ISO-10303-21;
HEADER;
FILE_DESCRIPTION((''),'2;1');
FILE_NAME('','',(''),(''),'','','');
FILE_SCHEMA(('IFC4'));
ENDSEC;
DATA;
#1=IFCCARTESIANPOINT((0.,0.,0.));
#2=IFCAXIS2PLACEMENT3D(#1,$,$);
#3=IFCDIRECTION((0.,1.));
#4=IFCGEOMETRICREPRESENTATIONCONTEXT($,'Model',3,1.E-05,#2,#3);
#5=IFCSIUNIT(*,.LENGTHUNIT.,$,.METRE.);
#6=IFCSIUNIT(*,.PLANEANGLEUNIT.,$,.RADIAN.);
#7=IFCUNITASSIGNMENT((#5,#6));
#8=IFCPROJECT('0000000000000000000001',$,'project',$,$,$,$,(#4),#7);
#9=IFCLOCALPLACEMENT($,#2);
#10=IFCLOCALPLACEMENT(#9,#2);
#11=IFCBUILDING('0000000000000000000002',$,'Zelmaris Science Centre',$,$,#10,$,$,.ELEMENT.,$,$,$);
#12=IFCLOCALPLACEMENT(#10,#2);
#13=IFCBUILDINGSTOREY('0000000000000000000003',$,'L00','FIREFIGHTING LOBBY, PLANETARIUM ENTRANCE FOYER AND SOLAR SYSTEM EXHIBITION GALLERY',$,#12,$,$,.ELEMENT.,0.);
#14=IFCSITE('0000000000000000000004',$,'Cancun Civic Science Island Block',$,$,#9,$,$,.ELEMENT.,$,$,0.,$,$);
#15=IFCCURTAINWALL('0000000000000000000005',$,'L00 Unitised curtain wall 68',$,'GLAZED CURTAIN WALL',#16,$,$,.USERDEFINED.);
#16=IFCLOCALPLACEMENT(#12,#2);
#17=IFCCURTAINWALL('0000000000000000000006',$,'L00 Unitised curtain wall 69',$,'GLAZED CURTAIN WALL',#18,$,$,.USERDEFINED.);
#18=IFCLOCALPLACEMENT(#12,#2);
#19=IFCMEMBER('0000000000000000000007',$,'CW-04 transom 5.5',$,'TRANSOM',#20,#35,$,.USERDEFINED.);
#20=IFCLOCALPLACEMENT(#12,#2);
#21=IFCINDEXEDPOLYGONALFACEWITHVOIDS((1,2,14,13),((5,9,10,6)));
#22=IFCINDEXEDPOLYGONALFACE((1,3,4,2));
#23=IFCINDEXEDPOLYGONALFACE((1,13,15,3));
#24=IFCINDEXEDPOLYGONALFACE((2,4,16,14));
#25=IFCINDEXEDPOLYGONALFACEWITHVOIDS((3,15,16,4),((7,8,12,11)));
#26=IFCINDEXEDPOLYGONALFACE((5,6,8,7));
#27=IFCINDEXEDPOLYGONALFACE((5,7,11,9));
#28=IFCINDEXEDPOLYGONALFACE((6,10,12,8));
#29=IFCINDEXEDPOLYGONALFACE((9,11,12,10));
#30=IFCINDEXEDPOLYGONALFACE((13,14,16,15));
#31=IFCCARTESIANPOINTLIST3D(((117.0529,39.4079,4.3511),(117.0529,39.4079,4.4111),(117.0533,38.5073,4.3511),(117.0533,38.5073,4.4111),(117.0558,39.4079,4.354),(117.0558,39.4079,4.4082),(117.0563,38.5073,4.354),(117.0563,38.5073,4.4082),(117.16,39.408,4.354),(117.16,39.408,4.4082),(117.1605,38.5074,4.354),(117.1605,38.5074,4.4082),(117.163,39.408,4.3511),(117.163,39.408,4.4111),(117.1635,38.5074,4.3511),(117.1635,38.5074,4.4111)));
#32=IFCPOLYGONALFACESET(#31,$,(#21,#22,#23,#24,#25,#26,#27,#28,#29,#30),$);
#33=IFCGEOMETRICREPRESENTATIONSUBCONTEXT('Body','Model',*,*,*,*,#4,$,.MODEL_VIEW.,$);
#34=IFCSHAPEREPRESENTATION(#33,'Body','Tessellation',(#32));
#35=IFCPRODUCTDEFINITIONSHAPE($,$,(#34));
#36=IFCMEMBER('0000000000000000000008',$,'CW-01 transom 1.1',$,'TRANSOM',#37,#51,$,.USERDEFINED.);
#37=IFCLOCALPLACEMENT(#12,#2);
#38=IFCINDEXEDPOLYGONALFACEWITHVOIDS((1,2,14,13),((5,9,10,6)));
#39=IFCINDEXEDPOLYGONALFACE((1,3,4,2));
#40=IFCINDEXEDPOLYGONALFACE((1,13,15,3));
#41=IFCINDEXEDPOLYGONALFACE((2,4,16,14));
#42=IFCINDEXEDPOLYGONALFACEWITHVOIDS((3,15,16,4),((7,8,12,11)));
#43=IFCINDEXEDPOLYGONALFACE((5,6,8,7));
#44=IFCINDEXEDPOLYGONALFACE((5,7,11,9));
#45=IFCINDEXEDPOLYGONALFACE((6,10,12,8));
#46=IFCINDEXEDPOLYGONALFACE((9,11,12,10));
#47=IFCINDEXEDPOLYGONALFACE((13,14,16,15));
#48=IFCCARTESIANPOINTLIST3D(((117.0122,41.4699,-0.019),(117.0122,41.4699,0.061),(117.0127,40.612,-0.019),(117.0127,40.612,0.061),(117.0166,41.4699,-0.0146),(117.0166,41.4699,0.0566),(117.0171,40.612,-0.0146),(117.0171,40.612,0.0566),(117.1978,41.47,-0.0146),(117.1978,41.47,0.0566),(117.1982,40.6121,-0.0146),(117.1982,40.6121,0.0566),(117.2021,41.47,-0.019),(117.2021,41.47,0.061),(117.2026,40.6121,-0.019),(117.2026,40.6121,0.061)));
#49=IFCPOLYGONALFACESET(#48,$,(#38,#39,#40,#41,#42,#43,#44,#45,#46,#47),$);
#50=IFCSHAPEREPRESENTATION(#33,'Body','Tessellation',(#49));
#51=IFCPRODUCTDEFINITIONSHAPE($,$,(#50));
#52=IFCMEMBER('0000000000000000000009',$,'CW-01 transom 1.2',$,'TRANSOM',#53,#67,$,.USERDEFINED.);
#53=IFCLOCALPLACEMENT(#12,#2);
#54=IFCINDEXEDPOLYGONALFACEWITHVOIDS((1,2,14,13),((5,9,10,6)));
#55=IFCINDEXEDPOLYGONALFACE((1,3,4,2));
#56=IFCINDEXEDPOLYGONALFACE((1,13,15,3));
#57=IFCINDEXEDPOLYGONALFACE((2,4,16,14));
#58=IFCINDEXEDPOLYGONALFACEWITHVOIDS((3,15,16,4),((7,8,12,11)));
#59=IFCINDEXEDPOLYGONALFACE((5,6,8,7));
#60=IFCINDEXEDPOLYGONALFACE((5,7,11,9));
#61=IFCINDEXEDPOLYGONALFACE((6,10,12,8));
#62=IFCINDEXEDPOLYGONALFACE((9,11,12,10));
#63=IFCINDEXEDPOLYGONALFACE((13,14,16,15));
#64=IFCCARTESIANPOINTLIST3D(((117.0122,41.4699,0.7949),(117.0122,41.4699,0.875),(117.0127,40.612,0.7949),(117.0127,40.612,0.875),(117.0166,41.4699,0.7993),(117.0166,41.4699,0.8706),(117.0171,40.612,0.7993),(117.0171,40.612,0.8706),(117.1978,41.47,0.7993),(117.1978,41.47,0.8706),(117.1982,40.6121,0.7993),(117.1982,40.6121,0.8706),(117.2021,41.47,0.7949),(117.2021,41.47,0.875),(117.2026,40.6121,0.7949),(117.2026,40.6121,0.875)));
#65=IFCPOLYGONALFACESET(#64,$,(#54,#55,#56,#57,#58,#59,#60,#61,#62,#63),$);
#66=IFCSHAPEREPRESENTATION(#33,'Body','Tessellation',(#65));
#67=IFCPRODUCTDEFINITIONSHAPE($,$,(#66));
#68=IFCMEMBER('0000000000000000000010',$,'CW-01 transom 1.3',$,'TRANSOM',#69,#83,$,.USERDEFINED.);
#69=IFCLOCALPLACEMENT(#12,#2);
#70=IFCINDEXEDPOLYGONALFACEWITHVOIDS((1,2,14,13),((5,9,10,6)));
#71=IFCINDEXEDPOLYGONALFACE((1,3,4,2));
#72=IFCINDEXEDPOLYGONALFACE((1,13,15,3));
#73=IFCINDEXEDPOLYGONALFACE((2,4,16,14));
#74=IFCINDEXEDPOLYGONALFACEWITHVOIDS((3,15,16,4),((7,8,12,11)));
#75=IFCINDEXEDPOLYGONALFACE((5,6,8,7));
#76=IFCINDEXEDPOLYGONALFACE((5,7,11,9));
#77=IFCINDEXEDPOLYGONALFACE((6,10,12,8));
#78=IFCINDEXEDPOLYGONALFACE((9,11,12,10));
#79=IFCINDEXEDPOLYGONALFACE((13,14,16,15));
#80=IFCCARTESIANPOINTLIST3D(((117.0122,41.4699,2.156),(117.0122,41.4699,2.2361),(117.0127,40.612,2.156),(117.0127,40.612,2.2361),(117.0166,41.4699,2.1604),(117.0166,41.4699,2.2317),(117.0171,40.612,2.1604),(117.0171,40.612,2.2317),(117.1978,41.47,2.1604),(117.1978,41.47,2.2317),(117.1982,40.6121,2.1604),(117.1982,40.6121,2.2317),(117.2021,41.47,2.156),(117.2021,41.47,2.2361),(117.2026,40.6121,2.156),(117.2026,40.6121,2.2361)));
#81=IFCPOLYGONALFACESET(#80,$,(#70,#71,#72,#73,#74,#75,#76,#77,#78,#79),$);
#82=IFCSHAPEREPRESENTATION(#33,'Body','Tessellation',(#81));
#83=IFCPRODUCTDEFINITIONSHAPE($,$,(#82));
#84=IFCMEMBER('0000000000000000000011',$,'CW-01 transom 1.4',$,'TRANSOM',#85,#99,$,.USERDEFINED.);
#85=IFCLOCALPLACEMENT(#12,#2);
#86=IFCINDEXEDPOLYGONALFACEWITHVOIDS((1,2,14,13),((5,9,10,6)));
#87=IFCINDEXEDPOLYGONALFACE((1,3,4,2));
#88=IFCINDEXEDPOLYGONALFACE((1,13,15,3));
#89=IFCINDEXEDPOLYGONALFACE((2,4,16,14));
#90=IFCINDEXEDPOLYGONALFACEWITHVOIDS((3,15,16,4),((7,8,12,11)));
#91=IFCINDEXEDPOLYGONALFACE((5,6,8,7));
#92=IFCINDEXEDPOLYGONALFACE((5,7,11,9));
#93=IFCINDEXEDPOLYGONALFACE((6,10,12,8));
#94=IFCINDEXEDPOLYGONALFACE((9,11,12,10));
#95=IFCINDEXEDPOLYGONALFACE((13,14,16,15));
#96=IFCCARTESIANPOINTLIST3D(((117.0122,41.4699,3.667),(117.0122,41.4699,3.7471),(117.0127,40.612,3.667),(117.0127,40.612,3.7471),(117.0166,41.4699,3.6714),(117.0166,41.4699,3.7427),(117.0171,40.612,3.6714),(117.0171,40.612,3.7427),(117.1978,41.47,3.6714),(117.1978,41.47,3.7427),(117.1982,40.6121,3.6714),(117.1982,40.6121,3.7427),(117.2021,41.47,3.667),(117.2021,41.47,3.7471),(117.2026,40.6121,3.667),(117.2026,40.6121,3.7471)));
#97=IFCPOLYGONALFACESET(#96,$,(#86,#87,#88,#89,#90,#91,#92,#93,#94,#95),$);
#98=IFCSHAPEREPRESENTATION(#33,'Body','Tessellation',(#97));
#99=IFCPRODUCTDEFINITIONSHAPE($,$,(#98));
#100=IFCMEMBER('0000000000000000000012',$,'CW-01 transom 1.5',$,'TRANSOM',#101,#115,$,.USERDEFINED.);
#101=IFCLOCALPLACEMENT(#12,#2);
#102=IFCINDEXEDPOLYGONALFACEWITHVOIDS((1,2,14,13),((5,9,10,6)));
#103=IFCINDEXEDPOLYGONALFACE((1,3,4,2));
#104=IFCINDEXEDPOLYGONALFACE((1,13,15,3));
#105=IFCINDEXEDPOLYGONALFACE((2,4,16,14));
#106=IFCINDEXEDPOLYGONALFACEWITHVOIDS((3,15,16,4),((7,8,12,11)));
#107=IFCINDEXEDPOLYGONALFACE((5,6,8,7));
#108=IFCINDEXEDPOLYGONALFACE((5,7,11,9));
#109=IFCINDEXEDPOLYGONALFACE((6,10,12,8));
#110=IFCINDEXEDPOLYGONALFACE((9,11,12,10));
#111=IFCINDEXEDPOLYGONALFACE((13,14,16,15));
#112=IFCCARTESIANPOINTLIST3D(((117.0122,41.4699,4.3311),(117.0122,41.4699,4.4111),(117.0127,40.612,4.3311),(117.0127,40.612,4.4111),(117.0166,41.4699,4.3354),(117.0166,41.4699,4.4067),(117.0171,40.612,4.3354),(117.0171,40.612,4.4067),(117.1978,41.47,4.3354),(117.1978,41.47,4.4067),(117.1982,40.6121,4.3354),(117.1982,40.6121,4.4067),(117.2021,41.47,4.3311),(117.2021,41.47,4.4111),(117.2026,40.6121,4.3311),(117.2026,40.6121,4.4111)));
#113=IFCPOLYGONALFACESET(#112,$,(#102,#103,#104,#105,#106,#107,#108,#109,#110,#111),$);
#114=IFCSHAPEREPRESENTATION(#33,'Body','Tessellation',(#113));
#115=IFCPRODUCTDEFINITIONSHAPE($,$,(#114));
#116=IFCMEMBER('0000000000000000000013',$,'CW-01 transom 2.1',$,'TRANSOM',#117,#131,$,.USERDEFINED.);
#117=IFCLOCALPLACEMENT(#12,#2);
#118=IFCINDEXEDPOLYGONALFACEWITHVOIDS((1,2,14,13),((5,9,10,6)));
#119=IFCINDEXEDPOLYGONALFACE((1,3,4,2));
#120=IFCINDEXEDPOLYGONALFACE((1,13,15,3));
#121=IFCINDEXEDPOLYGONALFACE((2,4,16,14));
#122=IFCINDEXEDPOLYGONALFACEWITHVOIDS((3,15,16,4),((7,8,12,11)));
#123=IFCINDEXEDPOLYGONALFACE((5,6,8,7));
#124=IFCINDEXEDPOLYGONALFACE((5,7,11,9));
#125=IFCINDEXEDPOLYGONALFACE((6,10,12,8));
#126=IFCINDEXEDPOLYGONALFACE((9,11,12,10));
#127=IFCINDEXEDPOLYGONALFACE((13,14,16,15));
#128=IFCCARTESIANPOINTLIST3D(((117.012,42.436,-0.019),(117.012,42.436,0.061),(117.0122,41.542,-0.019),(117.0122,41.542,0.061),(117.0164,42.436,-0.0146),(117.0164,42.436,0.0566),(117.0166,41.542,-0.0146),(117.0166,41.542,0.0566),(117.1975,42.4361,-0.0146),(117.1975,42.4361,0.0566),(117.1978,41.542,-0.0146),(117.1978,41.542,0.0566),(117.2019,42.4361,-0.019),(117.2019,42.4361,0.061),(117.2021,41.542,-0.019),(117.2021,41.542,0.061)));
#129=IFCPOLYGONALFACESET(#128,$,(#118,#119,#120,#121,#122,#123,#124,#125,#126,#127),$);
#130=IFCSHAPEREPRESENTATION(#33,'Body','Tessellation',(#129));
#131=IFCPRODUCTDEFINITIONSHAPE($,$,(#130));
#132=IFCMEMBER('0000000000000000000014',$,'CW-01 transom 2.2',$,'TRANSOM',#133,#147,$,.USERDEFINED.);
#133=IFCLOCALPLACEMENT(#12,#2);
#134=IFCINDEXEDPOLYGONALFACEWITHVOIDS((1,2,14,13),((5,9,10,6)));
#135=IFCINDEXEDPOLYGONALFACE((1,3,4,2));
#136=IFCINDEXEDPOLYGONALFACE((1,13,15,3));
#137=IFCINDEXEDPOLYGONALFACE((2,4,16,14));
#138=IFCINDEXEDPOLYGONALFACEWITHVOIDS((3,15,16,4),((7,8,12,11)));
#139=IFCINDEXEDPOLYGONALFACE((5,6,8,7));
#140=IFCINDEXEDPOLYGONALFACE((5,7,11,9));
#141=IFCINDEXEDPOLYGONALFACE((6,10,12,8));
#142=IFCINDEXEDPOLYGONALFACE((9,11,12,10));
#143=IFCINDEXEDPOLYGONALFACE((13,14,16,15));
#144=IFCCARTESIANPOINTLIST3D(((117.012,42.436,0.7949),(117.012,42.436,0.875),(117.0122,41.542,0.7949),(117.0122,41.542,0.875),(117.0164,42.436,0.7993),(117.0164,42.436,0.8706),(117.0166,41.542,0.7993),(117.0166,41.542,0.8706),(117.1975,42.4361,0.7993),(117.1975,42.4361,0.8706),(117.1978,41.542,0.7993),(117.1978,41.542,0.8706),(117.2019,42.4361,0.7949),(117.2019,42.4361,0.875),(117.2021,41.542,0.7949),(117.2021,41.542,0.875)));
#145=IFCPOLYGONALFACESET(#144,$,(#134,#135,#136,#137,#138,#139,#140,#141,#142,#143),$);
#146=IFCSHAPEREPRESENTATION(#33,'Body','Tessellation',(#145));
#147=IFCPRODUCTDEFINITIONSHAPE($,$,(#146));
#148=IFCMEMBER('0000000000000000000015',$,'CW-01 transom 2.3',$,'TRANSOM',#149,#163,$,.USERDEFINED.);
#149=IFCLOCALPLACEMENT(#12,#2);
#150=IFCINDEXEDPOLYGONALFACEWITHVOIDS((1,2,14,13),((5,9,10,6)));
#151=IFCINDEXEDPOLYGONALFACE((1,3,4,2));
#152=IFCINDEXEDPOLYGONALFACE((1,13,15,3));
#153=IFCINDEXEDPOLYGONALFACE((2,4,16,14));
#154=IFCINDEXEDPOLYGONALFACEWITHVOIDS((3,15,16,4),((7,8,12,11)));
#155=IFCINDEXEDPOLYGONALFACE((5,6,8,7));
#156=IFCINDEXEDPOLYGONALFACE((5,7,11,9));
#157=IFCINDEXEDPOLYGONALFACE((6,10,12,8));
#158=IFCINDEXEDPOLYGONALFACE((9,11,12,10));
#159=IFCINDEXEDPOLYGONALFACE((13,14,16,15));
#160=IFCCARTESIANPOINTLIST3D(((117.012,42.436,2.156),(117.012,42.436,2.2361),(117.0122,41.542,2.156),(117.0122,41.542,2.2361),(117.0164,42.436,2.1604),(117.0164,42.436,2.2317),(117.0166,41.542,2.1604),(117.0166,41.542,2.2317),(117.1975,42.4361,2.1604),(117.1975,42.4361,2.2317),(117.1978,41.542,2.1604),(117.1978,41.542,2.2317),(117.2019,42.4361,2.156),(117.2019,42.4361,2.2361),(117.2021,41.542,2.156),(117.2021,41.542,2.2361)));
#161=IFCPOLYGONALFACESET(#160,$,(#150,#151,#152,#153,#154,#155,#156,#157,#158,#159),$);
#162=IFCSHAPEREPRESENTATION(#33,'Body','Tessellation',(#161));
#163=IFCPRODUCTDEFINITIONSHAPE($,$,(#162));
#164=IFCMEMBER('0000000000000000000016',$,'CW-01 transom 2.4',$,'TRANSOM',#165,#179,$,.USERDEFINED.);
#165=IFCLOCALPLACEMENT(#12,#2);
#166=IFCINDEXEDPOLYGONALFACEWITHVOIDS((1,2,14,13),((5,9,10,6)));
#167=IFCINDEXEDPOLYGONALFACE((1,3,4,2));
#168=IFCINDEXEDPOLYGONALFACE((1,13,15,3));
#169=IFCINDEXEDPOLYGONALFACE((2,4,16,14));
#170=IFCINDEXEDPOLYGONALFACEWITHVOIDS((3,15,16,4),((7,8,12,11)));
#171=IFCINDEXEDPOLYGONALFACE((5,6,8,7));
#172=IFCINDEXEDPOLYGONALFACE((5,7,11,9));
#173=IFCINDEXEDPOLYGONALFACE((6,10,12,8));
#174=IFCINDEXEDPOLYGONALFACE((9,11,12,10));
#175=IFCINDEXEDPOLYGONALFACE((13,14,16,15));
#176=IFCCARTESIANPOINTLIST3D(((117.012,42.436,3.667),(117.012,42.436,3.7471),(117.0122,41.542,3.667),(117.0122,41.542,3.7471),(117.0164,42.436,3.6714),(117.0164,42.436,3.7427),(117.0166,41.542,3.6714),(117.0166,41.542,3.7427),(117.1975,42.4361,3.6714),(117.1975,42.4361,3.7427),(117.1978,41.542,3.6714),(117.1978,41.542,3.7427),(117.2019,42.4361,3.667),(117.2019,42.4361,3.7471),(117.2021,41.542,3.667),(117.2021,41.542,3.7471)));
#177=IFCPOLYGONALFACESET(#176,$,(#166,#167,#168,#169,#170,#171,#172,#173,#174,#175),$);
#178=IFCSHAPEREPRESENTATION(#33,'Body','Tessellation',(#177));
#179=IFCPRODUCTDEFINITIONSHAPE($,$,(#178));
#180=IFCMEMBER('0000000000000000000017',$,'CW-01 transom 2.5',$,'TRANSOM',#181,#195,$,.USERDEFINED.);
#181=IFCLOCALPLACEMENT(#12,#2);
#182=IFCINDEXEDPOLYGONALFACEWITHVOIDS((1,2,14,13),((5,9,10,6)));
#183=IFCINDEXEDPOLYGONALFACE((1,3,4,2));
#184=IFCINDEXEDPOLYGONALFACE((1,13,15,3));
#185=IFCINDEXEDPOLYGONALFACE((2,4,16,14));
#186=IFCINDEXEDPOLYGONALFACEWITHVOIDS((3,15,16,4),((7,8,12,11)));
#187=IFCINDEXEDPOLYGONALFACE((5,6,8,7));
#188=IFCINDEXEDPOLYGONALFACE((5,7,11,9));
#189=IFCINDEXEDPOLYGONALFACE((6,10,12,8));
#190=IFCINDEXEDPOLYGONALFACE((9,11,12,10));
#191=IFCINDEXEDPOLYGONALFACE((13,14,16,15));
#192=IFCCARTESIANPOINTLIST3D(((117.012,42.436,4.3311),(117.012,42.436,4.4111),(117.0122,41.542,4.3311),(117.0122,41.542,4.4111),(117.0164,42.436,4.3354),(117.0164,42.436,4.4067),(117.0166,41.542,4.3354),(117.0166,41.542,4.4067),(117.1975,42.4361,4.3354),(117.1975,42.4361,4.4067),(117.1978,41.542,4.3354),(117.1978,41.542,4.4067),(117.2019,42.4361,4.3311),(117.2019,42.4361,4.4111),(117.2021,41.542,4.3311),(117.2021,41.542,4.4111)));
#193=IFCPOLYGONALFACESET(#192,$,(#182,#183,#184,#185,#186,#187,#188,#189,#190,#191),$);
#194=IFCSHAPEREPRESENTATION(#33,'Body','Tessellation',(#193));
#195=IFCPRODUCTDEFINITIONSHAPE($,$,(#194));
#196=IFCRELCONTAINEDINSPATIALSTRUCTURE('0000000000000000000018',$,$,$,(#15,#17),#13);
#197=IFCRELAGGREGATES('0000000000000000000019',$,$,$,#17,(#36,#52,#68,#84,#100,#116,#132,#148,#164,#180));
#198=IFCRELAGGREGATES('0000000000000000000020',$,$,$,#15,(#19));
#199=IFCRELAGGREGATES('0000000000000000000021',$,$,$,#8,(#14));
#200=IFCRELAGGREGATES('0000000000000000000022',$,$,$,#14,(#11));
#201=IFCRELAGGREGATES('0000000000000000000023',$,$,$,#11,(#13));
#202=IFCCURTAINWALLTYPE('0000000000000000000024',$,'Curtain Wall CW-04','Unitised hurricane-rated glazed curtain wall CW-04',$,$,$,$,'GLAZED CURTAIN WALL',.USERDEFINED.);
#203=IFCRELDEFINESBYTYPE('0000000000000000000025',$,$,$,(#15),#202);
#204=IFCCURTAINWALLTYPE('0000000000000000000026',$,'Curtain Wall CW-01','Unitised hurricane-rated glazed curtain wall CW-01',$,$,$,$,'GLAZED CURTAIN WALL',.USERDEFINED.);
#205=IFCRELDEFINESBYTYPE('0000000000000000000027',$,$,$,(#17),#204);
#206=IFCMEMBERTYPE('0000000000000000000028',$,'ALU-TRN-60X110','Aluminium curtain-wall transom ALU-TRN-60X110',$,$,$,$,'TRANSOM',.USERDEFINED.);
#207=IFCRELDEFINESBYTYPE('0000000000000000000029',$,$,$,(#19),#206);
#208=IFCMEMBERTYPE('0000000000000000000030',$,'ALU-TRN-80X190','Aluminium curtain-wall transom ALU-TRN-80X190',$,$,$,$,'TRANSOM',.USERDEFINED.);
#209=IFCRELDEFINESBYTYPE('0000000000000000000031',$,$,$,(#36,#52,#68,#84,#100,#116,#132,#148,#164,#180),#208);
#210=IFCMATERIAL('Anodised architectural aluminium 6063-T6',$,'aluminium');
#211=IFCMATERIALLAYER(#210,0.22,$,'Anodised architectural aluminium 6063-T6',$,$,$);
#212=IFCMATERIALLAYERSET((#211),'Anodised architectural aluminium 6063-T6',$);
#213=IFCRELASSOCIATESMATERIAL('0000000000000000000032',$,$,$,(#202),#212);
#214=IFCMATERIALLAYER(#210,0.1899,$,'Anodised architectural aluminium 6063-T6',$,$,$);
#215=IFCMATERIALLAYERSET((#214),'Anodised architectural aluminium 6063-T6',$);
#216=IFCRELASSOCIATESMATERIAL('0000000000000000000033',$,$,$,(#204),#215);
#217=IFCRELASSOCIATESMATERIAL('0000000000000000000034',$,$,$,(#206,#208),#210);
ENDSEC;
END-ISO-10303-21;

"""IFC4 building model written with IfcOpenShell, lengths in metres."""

from ifc_helpers import new_model, si_unit, direction, frame, origin, origin_2d, place, context, subcontext, project, spatial, hollow_rectangle, extrude, material, layer, layer_set, material_profile, profile_set, type_object, element, aggregate, save


model = new_model("IFC4")

# Units and contexts
model_context = context("Model", 3, precision=1e-05, world=origin(), true_north=direction((0.0, 1.0)))
body_context = subcontext(model_context, "Body", "Model", "MODEL_VIEW")
ifc_project = project(units=[si_unit("LENGTHUNIT", "METRE"), si_unit("PLANEANGLEUNIT", "RADIAN")], contexts=[model_context])

# Site, building, storey
site_placement = place(None, origin())
site = spatial("IfcSite", under=ifc_project, at=site_placement, Name="Cancun Civic Science Island Block", CompositionType="ELEMENT", RefElevation=0.0)
building_placement = place(site_placement, origin())
building = spatial("IfcBuilding", under=site, at=building_placement, Name="Zelmaris Science Centre", CompositionType="ELEMENT")
storey_placement = place(building_placement, origin())
storey = spatial("IfcBuildingStorey", under=building, at=storey_placement, Name="L00", Description="FIREFIGHTING LOBBY, PLANETARIUM ENTRANCE FOYER AND SOLAR SYSTEM EXHIBITION GALLERY", CompositionType="ELEMENT", Elevation=0.0)

# Curtain walls
ifc_material_1 = material(Name="Anodised architectural aluminium 6063-T6", Category="aluminium")
ifc_layer_1 = layer(ifc_material_1, 0.22, Name="Anodised architectural aluminium 6063-T6")
ifc_layer_set_1 = layer_set([ifc_layer_1], Name="Anodised architectural aluminium 6063-T6")
curtain_wall_type_1 = type_object("IfcCurtainWallType", Name="Curtain Wall CW-04", Description="Unitised hurricane-rated glazed curtain wall CW-04", ElementType="GLAZED CURTAIN WALL", PredefinedType="USERDEFINED", material=ifc_layer_set_1)
curtain_wall_1_placement = place(storey_placement, origin())
curtain_wall_1 = element("IfcCurtainWall", 1, at=curtain_wall_1_placement, inside=storey, type_object=curtain_wall_type_1, Name="L00 Unitised curtain wall 68", ObjectType="GLAZED CURTAIN WALL", PredefinedType="USERDEFINED")
ifc_layer_2 = layer(ifc_material_1, 0.1899, Name="Anodised architectural aluminium 6063-T6")
ifc_layer_set_2 = layer_set([ifc_layer_2], Name="Anodised architectural aluminium 6063-T6")
curtain_wall_type_2 = type_object("IfcCurtainWallType", Name="Curtain Wall CW-01", Description="Unitised hurricane-rated glazed curtain wall CW-01", ElementType="GLAZED CURTAIN WALL", PredefinedType="USERDEFINED", material=ifc_layer_set_2)
curtain_wall_2_placement = place(storey_placement, origin())
curtain_wall_2 = element("IfcCurtainWall", 2, at=curtain_wall_2_placement, inside=storey, type_object=curtain_wall_type_2, Name="L00 Unitised curtain wall 69", ObjectType="GLAZED CURTAIN WALL", PredefinedType="USERDEFINED")

# Members
ifc_material_profile_1 = material_profile(ifc_material_1, hollow_rectangle(XDim=0.0601, YDim=0.1101, WallThickness=0.0029, at=origin_2d()), Name="ALU-TRN-60X110")
ifc_profile_set_1 = profile_set([ifc_material_profile_1], Name="Anodised architectural aluminium 6063-T6")
member_type_1 = type_object("IfcMemberType", Name="ALU-TRN-60X110", Description="Aluminium curtain-wall transom ALU-TRN-60X110", ElementType="TRANSOM", PredefinedType="USERDEFINED", material=ifc_profile_set_1)
member_1_placement = place(storey_placement, frame((117.1084, 38.5073, 4.3811), z_axis=(-0.000542, 1.0, 0.0), x_axis=(0.0, 0.0, 1.0)))
member_1 = element("IfcMember", 3, at=member_1_placement, type_object=member_type_1, Name="CW-04 transom 5.5", ObjectType="TRANSOM", PredefinedType="USERDEFINED", context=body_context, shape_type="SweptSolid", body=[
    extrude(hollow_rectangle(XDim=0.0601, YDim=0.1101, WallThickness=0.0029, at=origin_2d()), origin(), (0.0, 0.0, 1.0), 0.9006),
])
ifc_material_profile_2 = material_profile(ifc_material_1, hollow_rectangle(XDim=0.0801, YDim=0.1899, WallThickness=0.0044, at=origin_2d()), Name="ALU-TRN-80X190")
ifc_profile_set_2 = profile_set([ifc_material_profile_2], Name="Anodised architectural aluminium 6063-T6")
member_type_2 = type_object("IfcMemberType", Name="ALU-TRN-80X190", Description="Aluminium curtain-wall transom ALU-TRN-80X190", ElementType="TRANSOM", PredefinedType="USERDEFINED", material=ifc_profile_set_2)
member_2_placement = place(storey_placement, frame((117.1077, 40.6121, 0.021), z_axis=(-0.000569, 1.0, 0.0), x_axis=(0.0, 0.0, 1.0)))
member_2 = element("IfcMember", 4, at=member_2_placement, type_object=member_type_2, Name="CW-01 transom 1.1", ObjectType="TRANSOM", PredefinedType="USERDEFINED", context=body_context, shape_type="SweptSolid", body=[
    extrude(hollow_rectangle(XDim=0.0801, YDim=0.1899, WallThickness=0.0044, at=origin_2d()), origin(), (0.0, 0.0, 1.0), 0.8579),
])
member_3_placement = place(storey_placement, frame((117.1077, 40.6121, 0.835), z_axis=(-0.000569, 1.0, 0.0), x_axis=(0.0, 0.0, 1.0)))
member_3 = element("IfcMember", 5, at=member_3_placement, type_object=member_type_2, Name="CW-01 transom 1.2", ObjectType="TRANSOM", PredefinedType="USERDEFINED", context=body_context, shape_type="SweptSolid", body=[
    extrude(hollow_rectangle(XDim=0.0801, YDim=0.1899, WallThickness=0.0044, at=origin_2d()), origin(), (0.0, 0.0, 1.0), 0.8579),
])
member_4_placement = place(storey_placement, frame((117.1077, 40.6121, 2.196), z_axis=(-0.000569, 1.0, 0.0), x_axis=(0.0, 0.0, 1.0)))
member_4 = element("IfcMember", 6, at=member_4_placement, type_object=member_type_2, Name="CW-01 transom 1.3", ObjectType="TRANSOM", PredefinedType="USERDEFINED", context=body_context, shape_type="SweptSolid", body=[
    extrude(hollow_rectangle(XDim=0.0801, YDim=0.1899, WallThickness=0.0044, at=origin_2d()), origin(), (0.0, 0.0, 1.0), 0.8579),
])
member_5_placement = place(storey_placement, frame((117.1077, 40.6121, 3.707), z_axis=(-0.000569, 1.0, 0.0), x_axis=(0.0, 0.0, 1.0)))
member_5 = element("IfcMember", 7, at=member_5_placement, type_object=member_type_2, Name="CW-01 transom 1.4", ObjectType="TRANSOM", PredefinedType="USERDEFINED", context=body_context, shape_type="SweptSolid", body=[
    extrude(hollow_rectangle(XDim=0.0801, YDim=0.1899, WallThickness=0.0044, at=origin_2d()), origin(), (0.0, 0.0, 1.0), 0.8579),
])
member_6_placement = place(storey_placement, frame((117.1077, 40.6121, 4.3711), z_axis=(-0.000569, 1.0, 0.0), x_axis=(0.0, 0.0, 1.0)))
member_6 = element("IfcMember", 8, at=member_6_placement, type_object=member_type_2, Name="CW-01 transom 1.5", ObjectType="TRANSOM", PredefinedType="USERDEFINED", context=body_context, shape_type="SweptSolid", body=[
    extrude(hollow_rectangle(XDim=0.0801, YDim=0.1899, WallThickness=0.0044, at=origin_2d()), origin(), (0.0, 0.0, 1.0), 0.8579),
])
member_7_placement = place(storey_placement, frame((117.1072, 41.542, 0.021), z_axis=(-0.000273, 1.0, 0.0), x_axis=(0.0, 0.0, 1.0)))
member_7 = element("IfcMember", 9, at=member_7_placement, type_object=member_type_2, Name="CW-01 transom 2.1", ObjectType="TRANSOM", PredefinedType="USERDEFINED", context=body_context, shape_type="SweptSolid", body=[
    extrude(hollow_rectangle(XDim=0.0801, YDim=0.1899, WallThickness=0.0044, at=origin_2d()), origin(), (0.0, 0.0, 1.0), 0.894),
])
member_8_placement = place(storey_placement, frame((117.1072, 41.542, 0.835), z_axis=(-0.000273, 1.0, 0.0), x_axis=(0.0, 0.0, 1.0)))
member_8 = element("IfcMember", 10, at=member_8_placement, type_object=member_type_2, Name="CW-01 transom 2.2", ObjectType="TRANSOM", PredefinedType="USERDEFINED", context=body_context, shape_type="SweptSolid", body=[
    extrude(hollow_rectangle(XDim=0.0801, YDim=0.1899, WallThickness=0.0044, at=origin_2d()), origin(), (0.0, 0.0, 1.0), 0.894),
])
member_9_placement = place(storey_placement, frame((117.1072, 41.542, 2.196), z_axis=(-0.000273, 1.0, 0.0), x_axis=(0.0, 0.0, 1.0)))
member_9 = element("IfcMember", 11, at=member_9_placement, type_object=member_type_2, Name="CW-01 transom 2.3", ObjectType="TRANSOM", PredefinedType="USERDEFINED", context=body_context, shape_type="SweptSolid", body=[
    extrude(hollow_rectangle(XDim=0.0801, YDim=0.1899, WallThickness=0.0044, at=origin_2d()), origin(), (0.0, 0.0, 1.0), 0.894),
])
member_10_placement = place(storey_placement, frame((117.1072, 41.542, 3.707), z_axis=(-0.000273, 1.0, 0.0), x_axis=(0.0, 0.0, 1.0)))
member_10 = element("IfcMember", 12, at=member_10_placement, type_object=member_type_2, Name="CW-01 transom 2.4", ObjectType="TRANSOM", PredefinedType="USERDEFINED", context=body_context, shape_type="SweptSolid", body=[
    extrude(hollow_rectangle(XDim=0.0801, YDim=0.1899, WallThickness=0.0044, at=origin_2d()), origin(), (0.0, 0.0, 1.0), 0.894),
])
member_11_placement = place(storey_placement, frame((117.1072, 41.542, 4.3711), z_axis=(-0.000273, 1.0, 0.0), x_axis=(0.0, 0.0, 1.0)))
member_11 = element("IfcMember", 13, at=member_11_placement, type_object=member_type_2, Name="CW-01 transom 2.5", ObjectType="TRANSOM", PredefinedType="USERDEFINED", context=body_context, shape_type="SweptSolid", body=[
    extrude(hollow_rectangle(XDim=0.0801, YDim=0.1899, WallThickness=0.0044, at=origin_2d()), origin(), (0.0, 0.0, 1.0), 0.894),
])

aggregate(curtain_wall_2, [member_2, member_3, member_4, member_5, member_6, member_7, member_8, member_9, member_10, member_11])
aggregate(curtain_wall_1, [member_1])

save(model, "model.ifc")
